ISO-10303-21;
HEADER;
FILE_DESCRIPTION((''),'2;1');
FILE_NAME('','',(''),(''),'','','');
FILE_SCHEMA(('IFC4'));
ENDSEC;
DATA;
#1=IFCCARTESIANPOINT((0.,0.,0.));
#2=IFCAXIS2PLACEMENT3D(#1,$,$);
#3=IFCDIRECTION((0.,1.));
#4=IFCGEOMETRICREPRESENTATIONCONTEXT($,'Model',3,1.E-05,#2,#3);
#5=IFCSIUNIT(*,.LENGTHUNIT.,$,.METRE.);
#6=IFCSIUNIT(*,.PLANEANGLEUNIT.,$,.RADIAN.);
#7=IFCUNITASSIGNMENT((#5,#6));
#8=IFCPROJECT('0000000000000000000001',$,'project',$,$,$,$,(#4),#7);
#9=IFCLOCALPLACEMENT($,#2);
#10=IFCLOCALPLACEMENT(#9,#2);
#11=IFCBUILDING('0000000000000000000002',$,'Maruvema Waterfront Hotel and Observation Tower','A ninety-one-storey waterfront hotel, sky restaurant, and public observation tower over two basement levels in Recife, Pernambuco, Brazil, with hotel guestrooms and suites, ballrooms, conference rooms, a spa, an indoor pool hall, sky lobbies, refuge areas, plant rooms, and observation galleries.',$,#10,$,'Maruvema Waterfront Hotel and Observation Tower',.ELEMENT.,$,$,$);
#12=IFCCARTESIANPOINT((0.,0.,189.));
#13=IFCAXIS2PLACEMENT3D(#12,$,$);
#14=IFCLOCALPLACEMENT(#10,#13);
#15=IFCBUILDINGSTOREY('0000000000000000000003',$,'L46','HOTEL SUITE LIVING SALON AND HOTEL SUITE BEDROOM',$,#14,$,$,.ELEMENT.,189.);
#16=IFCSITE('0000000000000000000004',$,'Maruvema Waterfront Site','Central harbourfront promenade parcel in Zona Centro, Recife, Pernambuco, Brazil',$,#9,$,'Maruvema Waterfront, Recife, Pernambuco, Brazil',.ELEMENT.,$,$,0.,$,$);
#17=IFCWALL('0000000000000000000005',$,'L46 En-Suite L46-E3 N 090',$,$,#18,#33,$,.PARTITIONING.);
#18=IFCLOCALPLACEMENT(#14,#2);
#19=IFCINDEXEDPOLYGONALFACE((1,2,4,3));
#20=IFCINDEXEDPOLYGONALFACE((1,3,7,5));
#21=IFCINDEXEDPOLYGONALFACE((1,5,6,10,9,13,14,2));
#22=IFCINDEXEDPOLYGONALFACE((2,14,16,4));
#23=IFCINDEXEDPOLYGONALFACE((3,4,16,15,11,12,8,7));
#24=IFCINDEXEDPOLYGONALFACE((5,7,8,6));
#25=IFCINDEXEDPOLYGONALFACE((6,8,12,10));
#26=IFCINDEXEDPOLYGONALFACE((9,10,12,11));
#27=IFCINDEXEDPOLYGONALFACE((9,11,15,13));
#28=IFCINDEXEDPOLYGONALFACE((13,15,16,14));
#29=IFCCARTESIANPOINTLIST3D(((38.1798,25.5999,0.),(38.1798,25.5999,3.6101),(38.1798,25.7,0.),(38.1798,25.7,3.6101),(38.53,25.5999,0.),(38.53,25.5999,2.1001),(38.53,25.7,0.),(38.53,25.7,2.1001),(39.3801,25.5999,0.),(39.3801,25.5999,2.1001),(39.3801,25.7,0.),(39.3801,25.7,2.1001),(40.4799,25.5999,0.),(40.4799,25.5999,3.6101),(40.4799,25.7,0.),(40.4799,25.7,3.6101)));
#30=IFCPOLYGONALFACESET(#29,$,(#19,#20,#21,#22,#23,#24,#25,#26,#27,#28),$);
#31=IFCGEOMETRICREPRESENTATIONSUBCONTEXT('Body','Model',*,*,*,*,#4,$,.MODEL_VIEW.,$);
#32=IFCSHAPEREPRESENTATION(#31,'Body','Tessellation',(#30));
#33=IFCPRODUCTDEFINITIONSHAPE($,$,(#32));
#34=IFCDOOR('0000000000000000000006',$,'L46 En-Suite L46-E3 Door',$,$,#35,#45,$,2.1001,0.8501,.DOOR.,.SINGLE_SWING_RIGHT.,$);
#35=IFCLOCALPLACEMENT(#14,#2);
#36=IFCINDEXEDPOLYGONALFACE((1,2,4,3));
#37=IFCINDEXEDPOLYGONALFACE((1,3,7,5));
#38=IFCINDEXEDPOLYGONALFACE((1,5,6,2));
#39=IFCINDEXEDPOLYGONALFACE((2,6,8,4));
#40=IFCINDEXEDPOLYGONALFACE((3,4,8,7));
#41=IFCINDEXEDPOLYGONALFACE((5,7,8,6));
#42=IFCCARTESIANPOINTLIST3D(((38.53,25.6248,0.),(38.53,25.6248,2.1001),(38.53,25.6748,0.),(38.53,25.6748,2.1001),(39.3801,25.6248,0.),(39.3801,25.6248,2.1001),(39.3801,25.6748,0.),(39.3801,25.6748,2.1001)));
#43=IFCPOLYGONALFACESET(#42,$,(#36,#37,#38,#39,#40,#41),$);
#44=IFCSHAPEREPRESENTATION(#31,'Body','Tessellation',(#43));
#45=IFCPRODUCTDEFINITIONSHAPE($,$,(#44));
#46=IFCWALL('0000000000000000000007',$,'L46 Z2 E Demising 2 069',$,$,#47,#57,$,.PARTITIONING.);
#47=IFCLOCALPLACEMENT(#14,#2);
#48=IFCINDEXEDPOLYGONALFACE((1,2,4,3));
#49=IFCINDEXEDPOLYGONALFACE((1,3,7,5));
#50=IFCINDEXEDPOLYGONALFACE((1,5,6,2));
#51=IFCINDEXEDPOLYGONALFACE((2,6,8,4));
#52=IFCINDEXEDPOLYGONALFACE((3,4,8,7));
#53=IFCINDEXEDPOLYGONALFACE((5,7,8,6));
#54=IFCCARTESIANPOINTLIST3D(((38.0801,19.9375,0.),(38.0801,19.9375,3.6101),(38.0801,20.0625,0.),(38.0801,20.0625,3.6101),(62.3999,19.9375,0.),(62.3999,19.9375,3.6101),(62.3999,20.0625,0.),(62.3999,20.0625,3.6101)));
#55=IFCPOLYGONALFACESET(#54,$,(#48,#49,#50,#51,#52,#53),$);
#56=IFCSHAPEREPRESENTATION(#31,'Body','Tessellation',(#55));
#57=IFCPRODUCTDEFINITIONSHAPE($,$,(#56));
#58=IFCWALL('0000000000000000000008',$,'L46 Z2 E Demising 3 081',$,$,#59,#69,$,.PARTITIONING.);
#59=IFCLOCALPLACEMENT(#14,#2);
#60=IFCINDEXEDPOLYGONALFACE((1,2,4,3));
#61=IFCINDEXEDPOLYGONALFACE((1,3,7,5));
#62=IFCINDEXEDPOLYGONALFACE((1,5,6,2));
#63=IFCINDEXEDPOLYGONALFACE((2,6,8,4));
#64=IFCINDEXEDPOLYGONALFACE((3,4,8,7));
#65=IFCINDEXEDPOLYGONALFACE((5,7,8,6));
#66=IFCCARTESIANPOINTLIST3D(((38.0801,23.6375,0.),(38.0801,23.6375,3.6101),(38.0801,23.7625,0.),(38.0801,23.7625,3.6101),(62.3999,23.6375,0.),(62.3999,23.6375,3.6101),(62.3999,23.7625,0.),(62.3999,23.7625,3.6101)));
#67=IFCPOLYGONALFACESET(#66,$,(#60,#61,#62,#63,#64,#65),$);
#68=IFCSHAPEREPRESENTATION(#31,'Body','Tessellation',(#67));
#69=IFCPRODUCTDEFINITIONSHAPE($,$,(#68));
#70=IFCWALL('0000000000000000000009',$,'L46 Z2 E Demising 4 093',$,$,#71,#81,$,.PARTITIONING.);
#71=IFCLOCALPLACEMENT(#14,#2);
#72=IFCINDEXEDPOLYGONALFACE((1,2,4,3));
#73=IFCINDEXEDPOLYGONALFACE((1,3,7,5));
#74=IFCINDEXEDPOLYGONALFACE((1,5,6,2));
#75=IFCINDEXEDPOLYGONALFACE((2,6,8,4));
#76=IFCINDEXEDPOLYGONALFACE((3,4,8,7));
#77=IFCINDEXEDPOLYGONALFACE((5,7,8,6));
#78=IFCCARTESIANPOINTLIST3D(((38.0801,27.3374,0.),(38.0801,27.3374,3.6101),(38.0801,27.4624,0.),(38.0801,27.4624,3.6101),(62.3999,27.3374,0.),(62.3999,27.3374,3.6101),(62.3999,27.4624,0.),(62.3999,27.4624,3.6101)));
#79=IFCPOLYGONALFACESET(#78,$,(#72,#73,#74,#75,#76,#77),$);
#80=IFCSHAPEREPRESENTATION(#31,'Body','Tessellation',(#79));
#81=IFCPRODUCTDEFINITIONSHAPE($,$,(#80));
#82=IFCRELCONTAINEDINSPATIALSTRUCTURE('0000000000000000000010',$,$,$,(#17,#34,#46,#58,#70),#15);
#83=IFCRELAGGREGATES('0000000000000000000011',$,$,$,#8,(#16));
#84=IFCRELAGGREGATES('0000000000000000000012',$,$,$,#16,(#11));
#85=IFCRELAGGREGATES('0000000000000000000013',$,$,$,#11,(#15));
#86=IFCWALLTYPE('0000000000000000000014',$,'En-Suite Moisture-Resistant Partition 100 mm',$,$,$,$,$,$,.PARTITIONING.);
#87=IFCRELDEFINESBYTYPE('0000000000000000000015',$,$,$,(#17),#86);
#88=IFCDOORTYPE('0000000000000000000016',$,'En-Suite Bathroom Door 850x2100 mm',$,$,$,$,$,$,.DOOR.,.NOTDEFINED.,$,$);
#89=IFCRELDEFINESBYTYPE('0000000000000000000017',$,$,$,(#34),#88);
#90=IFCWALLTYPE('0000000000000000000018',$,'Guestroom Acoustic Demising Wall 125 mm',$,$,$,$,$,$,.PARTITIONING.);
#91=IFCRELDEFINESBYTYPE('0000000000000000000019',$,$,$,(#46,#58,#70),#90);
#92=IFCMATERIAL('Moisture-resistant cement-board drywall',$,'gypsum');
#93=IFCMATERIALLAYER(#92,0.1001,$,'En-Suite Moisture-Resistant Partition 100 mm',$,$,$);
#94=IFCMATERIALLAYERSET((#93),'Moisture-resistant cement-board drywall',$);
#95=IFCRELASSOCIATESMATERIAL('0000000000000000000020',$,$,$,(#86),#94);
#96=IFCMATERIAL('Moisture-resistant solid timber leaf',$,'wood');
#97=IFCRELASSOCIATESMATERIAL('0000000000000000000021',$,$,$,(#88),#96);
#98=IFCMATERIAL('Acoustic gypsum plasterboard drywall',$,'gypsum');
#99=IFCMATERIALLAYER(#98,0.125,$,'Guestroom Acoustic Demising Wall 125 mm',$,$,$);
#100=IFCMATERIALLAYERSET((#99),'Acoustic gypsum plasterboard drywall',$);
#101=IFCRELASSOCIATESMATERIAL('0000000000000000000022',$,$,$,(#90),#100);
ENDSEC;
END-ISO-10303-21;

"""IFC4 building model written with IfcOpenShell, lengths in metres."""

from ifc_helpers import new_model, si_unit, direction, frame, frame_2d, origin, place, context, subcontext, project, spatial, rectangle, extrude, material, layer, layer_set, type_object, element, fill, save


model = new_model("IFC4")

# Units and contexts
model_context = context("Model", 3, precision=1e-05, world=origin(), true_north=direction((0.0, 1.0)))
body_context = subcontext(model_context, "Body", "Model", "MODEL_VIEW")
ifc_project = project(units=[si_unit("LENGTHUNIT", "METRE"), si_unit("PLANEANGLEUNIT", "RADIAN")], contexts=[model_context])

# Site, building, storey
site_placement = place(None, origin())
site = spatial("IfcSite", under=ifc_project, at=site_placement, Name="Maruvema Waterfront Site", Description="Central harbourfront promenade parcel in Zona Centro, Recife, Pernambuco, Brazil", LongName="Maruvema Waterfront, Recife, Pernambuco, Brazil", CompositionType="ELEMENT", RefElevation=0.0)
building_placement = place(site_placement, origin())
building = spatial("IfcBuilding", under=site, at=building_placement, Name="Maruvema Waterfront Hotel and Observation Tower", Description="A ninety-one-storey waterfront hotel, sky restaurant, and public observation tower over two basement levels in Recife, Pernambuco, Brazil, with hotel guestrooms and suites, ballrooms, conference rooms, a spa, an indoor pool hall, sky lobbies, refuge areas, plant rooms, and observation galleries.", LongName="Maruvema Waterfront Hotel and Observation Tower", CompositionType="ELEMENT")
storey_placement = place(building_placement, frame((0.0, 0.0, 189.0)))
storey = spatial("IfcBuildingStorey", under=building, at=storey_placement, Name="L46", Description="HOTEL SUITE LIVING SALON AND HOTEL SUITE BEDROOM", CompositionType="ELEMENT", Elevation=189.0)

# Shared definitions
ifc_material_1 = material(Name="Moisture-resistant cement-board drywall", Category="gypsum")
ifc_layer_1 = layer(ifc_material_1, 0.1001, Name="En-Suite Moisture-Resistant Partition 100 mm")
ifc_layer_set_1 = layer_set([ifc_layer_1], Name="Moisture-resistant cement-board drywall")
wall_type_1 = type_object("IfcWallType", Name="En-Suite Moisture-Resistant Partition 100 mm", PredefinedType="PARTITIONING", material=ifc_layer_set_1)

# Shared definitions
ifc_material_2 = material(Name="Moisture-resistant solid timber leaf", Category="wood")
door_type_1 = type_object("IfcDoorType", Name="En-Suite Bathroom Door 850x2100 mm", OperationType="NOTDEFINED", PredefinedType="DOOR", material=ifc_material_2)

# Wall, opening, door
wall_1_placement = place(storey_placement, frame((38.1799, 25.6499, 0.0), z_axis=(0.0, 0.0, 1.0), x_axis=(1.0, 0.0, 0.0)))
wall_1 = element("IfcWall", 1, at=wall_1_placement, inside=storey, type_object=wall_type_1, Name="L46 En-Suite L46-E3 N 090", PredefinedType="PARTITIONING", context=body_context, shape_type="SweptSolid", body=[
    extrude(rectangle(XDim=2.3, YDim=0.1001, at=frame_2d((1.1499, 0.0))), origin(), (0.0, 0.0, 1.0), 3.6101),
])
opening_1_placement = place(wall_1_placement, frame((0.3501, 0.0, 0.0)))
opening_1 = element("IfcOpeningElement", 2, at=opening_1_placement, cuts=wall_1, PredefinedType="OPENING", context=body_context, shape_type="SweptSolid", body=[
    extrude(rectangle(XDim=0.8501, YDim=2.1001, at=frame_2d((0.425, 1.05))), frame((0.0, 0.0601, 0.0), z_axis=(0.0, -1.0, 0.0), x_axis=(1.0, 0.0, 0.0)), (0.0, 0.0, 1.0), 0.1201),
])
door_1_placement = place(opening_1_placement, origin())
door_1 = element("IfcDoor", 3, at=door_1_placement, inside=storey, type_object=door_type_1, Name="L46 En-Suite L46-E3 Door", OperationType="SINGLE_SWING_RIGHT", OverallHeight=2.1001, OverallWidth=0.8501, PredefinedType="DOOR", context=body_context, shape_type="SweptSolid", body=[
    extrude(rectangle(XDim=0.8501, YDim=2.1001, at=frame_2d((0.425, 1.05))), frame((0.0, 0.0249, 0.0), z_axis=(0.0, -1.0, 0.0), x_axis=(1.0, 0.0, 0.0)), (0.0, 0.0, 1.0), 0.05),
])
fill(opening_1, door_1)

# Walls
ifc_material_3 = material(Name="Acoustic gypsum plasterboard drywall", Category="gypsum")
ifc_layer_2 = layer(ifc_material_3, 0.125, Name="Guestroom Acoustic Demising Wall 125 mm")
ifc_layer_set_2 = layer_set([ifc_layer_2], Name="Acoustic gypsum plasterboard drywall")
wall_type_2 = type_object("IfcWallType", Name="Guestroom Acoustic Demising Wall 125 mm", PredefinedType="PARTITIONING", material=ifc_layer_set_2)
for number, where, z_axis, x_axis, name in (
    (4, (38.0801, 20.0, 0.0), (0.0, 0.0, 1.0), (1.0, 0.0, 0.0), "L46 Z2 E Demising 2 069"),
    (5, (38.0801, 23.7, 0.0), (0.0, 0.0, 1.0), (1.0, 0.0, 0.0), "L46 Z2 E Demising 3 081"),
    (6, (38.0801, 27.3999, 0.0), (0.0, 0.0, 1.0), (1.0, 0.0, 0.0), "L46 Z2 E Demising 4 093"),
):
    element("IfcWall", number, at=place(storey_placement, frame(where, z_axis=z_axis, x_axis=x_axis)), inside=storey, type_object=wall_type_2, Name=name, PredefinedType="PARTITIONING", context=body_context, shape_type="SweptSolid", body=[
        extrude(rectangle(XDim=24.3198, YDim=0.125, at=frame_2d((12.1599, 0.0))), origin(), (0.0, 0.0, 1.0), 3.6101),
    ])

save(model, "model.ifc")
